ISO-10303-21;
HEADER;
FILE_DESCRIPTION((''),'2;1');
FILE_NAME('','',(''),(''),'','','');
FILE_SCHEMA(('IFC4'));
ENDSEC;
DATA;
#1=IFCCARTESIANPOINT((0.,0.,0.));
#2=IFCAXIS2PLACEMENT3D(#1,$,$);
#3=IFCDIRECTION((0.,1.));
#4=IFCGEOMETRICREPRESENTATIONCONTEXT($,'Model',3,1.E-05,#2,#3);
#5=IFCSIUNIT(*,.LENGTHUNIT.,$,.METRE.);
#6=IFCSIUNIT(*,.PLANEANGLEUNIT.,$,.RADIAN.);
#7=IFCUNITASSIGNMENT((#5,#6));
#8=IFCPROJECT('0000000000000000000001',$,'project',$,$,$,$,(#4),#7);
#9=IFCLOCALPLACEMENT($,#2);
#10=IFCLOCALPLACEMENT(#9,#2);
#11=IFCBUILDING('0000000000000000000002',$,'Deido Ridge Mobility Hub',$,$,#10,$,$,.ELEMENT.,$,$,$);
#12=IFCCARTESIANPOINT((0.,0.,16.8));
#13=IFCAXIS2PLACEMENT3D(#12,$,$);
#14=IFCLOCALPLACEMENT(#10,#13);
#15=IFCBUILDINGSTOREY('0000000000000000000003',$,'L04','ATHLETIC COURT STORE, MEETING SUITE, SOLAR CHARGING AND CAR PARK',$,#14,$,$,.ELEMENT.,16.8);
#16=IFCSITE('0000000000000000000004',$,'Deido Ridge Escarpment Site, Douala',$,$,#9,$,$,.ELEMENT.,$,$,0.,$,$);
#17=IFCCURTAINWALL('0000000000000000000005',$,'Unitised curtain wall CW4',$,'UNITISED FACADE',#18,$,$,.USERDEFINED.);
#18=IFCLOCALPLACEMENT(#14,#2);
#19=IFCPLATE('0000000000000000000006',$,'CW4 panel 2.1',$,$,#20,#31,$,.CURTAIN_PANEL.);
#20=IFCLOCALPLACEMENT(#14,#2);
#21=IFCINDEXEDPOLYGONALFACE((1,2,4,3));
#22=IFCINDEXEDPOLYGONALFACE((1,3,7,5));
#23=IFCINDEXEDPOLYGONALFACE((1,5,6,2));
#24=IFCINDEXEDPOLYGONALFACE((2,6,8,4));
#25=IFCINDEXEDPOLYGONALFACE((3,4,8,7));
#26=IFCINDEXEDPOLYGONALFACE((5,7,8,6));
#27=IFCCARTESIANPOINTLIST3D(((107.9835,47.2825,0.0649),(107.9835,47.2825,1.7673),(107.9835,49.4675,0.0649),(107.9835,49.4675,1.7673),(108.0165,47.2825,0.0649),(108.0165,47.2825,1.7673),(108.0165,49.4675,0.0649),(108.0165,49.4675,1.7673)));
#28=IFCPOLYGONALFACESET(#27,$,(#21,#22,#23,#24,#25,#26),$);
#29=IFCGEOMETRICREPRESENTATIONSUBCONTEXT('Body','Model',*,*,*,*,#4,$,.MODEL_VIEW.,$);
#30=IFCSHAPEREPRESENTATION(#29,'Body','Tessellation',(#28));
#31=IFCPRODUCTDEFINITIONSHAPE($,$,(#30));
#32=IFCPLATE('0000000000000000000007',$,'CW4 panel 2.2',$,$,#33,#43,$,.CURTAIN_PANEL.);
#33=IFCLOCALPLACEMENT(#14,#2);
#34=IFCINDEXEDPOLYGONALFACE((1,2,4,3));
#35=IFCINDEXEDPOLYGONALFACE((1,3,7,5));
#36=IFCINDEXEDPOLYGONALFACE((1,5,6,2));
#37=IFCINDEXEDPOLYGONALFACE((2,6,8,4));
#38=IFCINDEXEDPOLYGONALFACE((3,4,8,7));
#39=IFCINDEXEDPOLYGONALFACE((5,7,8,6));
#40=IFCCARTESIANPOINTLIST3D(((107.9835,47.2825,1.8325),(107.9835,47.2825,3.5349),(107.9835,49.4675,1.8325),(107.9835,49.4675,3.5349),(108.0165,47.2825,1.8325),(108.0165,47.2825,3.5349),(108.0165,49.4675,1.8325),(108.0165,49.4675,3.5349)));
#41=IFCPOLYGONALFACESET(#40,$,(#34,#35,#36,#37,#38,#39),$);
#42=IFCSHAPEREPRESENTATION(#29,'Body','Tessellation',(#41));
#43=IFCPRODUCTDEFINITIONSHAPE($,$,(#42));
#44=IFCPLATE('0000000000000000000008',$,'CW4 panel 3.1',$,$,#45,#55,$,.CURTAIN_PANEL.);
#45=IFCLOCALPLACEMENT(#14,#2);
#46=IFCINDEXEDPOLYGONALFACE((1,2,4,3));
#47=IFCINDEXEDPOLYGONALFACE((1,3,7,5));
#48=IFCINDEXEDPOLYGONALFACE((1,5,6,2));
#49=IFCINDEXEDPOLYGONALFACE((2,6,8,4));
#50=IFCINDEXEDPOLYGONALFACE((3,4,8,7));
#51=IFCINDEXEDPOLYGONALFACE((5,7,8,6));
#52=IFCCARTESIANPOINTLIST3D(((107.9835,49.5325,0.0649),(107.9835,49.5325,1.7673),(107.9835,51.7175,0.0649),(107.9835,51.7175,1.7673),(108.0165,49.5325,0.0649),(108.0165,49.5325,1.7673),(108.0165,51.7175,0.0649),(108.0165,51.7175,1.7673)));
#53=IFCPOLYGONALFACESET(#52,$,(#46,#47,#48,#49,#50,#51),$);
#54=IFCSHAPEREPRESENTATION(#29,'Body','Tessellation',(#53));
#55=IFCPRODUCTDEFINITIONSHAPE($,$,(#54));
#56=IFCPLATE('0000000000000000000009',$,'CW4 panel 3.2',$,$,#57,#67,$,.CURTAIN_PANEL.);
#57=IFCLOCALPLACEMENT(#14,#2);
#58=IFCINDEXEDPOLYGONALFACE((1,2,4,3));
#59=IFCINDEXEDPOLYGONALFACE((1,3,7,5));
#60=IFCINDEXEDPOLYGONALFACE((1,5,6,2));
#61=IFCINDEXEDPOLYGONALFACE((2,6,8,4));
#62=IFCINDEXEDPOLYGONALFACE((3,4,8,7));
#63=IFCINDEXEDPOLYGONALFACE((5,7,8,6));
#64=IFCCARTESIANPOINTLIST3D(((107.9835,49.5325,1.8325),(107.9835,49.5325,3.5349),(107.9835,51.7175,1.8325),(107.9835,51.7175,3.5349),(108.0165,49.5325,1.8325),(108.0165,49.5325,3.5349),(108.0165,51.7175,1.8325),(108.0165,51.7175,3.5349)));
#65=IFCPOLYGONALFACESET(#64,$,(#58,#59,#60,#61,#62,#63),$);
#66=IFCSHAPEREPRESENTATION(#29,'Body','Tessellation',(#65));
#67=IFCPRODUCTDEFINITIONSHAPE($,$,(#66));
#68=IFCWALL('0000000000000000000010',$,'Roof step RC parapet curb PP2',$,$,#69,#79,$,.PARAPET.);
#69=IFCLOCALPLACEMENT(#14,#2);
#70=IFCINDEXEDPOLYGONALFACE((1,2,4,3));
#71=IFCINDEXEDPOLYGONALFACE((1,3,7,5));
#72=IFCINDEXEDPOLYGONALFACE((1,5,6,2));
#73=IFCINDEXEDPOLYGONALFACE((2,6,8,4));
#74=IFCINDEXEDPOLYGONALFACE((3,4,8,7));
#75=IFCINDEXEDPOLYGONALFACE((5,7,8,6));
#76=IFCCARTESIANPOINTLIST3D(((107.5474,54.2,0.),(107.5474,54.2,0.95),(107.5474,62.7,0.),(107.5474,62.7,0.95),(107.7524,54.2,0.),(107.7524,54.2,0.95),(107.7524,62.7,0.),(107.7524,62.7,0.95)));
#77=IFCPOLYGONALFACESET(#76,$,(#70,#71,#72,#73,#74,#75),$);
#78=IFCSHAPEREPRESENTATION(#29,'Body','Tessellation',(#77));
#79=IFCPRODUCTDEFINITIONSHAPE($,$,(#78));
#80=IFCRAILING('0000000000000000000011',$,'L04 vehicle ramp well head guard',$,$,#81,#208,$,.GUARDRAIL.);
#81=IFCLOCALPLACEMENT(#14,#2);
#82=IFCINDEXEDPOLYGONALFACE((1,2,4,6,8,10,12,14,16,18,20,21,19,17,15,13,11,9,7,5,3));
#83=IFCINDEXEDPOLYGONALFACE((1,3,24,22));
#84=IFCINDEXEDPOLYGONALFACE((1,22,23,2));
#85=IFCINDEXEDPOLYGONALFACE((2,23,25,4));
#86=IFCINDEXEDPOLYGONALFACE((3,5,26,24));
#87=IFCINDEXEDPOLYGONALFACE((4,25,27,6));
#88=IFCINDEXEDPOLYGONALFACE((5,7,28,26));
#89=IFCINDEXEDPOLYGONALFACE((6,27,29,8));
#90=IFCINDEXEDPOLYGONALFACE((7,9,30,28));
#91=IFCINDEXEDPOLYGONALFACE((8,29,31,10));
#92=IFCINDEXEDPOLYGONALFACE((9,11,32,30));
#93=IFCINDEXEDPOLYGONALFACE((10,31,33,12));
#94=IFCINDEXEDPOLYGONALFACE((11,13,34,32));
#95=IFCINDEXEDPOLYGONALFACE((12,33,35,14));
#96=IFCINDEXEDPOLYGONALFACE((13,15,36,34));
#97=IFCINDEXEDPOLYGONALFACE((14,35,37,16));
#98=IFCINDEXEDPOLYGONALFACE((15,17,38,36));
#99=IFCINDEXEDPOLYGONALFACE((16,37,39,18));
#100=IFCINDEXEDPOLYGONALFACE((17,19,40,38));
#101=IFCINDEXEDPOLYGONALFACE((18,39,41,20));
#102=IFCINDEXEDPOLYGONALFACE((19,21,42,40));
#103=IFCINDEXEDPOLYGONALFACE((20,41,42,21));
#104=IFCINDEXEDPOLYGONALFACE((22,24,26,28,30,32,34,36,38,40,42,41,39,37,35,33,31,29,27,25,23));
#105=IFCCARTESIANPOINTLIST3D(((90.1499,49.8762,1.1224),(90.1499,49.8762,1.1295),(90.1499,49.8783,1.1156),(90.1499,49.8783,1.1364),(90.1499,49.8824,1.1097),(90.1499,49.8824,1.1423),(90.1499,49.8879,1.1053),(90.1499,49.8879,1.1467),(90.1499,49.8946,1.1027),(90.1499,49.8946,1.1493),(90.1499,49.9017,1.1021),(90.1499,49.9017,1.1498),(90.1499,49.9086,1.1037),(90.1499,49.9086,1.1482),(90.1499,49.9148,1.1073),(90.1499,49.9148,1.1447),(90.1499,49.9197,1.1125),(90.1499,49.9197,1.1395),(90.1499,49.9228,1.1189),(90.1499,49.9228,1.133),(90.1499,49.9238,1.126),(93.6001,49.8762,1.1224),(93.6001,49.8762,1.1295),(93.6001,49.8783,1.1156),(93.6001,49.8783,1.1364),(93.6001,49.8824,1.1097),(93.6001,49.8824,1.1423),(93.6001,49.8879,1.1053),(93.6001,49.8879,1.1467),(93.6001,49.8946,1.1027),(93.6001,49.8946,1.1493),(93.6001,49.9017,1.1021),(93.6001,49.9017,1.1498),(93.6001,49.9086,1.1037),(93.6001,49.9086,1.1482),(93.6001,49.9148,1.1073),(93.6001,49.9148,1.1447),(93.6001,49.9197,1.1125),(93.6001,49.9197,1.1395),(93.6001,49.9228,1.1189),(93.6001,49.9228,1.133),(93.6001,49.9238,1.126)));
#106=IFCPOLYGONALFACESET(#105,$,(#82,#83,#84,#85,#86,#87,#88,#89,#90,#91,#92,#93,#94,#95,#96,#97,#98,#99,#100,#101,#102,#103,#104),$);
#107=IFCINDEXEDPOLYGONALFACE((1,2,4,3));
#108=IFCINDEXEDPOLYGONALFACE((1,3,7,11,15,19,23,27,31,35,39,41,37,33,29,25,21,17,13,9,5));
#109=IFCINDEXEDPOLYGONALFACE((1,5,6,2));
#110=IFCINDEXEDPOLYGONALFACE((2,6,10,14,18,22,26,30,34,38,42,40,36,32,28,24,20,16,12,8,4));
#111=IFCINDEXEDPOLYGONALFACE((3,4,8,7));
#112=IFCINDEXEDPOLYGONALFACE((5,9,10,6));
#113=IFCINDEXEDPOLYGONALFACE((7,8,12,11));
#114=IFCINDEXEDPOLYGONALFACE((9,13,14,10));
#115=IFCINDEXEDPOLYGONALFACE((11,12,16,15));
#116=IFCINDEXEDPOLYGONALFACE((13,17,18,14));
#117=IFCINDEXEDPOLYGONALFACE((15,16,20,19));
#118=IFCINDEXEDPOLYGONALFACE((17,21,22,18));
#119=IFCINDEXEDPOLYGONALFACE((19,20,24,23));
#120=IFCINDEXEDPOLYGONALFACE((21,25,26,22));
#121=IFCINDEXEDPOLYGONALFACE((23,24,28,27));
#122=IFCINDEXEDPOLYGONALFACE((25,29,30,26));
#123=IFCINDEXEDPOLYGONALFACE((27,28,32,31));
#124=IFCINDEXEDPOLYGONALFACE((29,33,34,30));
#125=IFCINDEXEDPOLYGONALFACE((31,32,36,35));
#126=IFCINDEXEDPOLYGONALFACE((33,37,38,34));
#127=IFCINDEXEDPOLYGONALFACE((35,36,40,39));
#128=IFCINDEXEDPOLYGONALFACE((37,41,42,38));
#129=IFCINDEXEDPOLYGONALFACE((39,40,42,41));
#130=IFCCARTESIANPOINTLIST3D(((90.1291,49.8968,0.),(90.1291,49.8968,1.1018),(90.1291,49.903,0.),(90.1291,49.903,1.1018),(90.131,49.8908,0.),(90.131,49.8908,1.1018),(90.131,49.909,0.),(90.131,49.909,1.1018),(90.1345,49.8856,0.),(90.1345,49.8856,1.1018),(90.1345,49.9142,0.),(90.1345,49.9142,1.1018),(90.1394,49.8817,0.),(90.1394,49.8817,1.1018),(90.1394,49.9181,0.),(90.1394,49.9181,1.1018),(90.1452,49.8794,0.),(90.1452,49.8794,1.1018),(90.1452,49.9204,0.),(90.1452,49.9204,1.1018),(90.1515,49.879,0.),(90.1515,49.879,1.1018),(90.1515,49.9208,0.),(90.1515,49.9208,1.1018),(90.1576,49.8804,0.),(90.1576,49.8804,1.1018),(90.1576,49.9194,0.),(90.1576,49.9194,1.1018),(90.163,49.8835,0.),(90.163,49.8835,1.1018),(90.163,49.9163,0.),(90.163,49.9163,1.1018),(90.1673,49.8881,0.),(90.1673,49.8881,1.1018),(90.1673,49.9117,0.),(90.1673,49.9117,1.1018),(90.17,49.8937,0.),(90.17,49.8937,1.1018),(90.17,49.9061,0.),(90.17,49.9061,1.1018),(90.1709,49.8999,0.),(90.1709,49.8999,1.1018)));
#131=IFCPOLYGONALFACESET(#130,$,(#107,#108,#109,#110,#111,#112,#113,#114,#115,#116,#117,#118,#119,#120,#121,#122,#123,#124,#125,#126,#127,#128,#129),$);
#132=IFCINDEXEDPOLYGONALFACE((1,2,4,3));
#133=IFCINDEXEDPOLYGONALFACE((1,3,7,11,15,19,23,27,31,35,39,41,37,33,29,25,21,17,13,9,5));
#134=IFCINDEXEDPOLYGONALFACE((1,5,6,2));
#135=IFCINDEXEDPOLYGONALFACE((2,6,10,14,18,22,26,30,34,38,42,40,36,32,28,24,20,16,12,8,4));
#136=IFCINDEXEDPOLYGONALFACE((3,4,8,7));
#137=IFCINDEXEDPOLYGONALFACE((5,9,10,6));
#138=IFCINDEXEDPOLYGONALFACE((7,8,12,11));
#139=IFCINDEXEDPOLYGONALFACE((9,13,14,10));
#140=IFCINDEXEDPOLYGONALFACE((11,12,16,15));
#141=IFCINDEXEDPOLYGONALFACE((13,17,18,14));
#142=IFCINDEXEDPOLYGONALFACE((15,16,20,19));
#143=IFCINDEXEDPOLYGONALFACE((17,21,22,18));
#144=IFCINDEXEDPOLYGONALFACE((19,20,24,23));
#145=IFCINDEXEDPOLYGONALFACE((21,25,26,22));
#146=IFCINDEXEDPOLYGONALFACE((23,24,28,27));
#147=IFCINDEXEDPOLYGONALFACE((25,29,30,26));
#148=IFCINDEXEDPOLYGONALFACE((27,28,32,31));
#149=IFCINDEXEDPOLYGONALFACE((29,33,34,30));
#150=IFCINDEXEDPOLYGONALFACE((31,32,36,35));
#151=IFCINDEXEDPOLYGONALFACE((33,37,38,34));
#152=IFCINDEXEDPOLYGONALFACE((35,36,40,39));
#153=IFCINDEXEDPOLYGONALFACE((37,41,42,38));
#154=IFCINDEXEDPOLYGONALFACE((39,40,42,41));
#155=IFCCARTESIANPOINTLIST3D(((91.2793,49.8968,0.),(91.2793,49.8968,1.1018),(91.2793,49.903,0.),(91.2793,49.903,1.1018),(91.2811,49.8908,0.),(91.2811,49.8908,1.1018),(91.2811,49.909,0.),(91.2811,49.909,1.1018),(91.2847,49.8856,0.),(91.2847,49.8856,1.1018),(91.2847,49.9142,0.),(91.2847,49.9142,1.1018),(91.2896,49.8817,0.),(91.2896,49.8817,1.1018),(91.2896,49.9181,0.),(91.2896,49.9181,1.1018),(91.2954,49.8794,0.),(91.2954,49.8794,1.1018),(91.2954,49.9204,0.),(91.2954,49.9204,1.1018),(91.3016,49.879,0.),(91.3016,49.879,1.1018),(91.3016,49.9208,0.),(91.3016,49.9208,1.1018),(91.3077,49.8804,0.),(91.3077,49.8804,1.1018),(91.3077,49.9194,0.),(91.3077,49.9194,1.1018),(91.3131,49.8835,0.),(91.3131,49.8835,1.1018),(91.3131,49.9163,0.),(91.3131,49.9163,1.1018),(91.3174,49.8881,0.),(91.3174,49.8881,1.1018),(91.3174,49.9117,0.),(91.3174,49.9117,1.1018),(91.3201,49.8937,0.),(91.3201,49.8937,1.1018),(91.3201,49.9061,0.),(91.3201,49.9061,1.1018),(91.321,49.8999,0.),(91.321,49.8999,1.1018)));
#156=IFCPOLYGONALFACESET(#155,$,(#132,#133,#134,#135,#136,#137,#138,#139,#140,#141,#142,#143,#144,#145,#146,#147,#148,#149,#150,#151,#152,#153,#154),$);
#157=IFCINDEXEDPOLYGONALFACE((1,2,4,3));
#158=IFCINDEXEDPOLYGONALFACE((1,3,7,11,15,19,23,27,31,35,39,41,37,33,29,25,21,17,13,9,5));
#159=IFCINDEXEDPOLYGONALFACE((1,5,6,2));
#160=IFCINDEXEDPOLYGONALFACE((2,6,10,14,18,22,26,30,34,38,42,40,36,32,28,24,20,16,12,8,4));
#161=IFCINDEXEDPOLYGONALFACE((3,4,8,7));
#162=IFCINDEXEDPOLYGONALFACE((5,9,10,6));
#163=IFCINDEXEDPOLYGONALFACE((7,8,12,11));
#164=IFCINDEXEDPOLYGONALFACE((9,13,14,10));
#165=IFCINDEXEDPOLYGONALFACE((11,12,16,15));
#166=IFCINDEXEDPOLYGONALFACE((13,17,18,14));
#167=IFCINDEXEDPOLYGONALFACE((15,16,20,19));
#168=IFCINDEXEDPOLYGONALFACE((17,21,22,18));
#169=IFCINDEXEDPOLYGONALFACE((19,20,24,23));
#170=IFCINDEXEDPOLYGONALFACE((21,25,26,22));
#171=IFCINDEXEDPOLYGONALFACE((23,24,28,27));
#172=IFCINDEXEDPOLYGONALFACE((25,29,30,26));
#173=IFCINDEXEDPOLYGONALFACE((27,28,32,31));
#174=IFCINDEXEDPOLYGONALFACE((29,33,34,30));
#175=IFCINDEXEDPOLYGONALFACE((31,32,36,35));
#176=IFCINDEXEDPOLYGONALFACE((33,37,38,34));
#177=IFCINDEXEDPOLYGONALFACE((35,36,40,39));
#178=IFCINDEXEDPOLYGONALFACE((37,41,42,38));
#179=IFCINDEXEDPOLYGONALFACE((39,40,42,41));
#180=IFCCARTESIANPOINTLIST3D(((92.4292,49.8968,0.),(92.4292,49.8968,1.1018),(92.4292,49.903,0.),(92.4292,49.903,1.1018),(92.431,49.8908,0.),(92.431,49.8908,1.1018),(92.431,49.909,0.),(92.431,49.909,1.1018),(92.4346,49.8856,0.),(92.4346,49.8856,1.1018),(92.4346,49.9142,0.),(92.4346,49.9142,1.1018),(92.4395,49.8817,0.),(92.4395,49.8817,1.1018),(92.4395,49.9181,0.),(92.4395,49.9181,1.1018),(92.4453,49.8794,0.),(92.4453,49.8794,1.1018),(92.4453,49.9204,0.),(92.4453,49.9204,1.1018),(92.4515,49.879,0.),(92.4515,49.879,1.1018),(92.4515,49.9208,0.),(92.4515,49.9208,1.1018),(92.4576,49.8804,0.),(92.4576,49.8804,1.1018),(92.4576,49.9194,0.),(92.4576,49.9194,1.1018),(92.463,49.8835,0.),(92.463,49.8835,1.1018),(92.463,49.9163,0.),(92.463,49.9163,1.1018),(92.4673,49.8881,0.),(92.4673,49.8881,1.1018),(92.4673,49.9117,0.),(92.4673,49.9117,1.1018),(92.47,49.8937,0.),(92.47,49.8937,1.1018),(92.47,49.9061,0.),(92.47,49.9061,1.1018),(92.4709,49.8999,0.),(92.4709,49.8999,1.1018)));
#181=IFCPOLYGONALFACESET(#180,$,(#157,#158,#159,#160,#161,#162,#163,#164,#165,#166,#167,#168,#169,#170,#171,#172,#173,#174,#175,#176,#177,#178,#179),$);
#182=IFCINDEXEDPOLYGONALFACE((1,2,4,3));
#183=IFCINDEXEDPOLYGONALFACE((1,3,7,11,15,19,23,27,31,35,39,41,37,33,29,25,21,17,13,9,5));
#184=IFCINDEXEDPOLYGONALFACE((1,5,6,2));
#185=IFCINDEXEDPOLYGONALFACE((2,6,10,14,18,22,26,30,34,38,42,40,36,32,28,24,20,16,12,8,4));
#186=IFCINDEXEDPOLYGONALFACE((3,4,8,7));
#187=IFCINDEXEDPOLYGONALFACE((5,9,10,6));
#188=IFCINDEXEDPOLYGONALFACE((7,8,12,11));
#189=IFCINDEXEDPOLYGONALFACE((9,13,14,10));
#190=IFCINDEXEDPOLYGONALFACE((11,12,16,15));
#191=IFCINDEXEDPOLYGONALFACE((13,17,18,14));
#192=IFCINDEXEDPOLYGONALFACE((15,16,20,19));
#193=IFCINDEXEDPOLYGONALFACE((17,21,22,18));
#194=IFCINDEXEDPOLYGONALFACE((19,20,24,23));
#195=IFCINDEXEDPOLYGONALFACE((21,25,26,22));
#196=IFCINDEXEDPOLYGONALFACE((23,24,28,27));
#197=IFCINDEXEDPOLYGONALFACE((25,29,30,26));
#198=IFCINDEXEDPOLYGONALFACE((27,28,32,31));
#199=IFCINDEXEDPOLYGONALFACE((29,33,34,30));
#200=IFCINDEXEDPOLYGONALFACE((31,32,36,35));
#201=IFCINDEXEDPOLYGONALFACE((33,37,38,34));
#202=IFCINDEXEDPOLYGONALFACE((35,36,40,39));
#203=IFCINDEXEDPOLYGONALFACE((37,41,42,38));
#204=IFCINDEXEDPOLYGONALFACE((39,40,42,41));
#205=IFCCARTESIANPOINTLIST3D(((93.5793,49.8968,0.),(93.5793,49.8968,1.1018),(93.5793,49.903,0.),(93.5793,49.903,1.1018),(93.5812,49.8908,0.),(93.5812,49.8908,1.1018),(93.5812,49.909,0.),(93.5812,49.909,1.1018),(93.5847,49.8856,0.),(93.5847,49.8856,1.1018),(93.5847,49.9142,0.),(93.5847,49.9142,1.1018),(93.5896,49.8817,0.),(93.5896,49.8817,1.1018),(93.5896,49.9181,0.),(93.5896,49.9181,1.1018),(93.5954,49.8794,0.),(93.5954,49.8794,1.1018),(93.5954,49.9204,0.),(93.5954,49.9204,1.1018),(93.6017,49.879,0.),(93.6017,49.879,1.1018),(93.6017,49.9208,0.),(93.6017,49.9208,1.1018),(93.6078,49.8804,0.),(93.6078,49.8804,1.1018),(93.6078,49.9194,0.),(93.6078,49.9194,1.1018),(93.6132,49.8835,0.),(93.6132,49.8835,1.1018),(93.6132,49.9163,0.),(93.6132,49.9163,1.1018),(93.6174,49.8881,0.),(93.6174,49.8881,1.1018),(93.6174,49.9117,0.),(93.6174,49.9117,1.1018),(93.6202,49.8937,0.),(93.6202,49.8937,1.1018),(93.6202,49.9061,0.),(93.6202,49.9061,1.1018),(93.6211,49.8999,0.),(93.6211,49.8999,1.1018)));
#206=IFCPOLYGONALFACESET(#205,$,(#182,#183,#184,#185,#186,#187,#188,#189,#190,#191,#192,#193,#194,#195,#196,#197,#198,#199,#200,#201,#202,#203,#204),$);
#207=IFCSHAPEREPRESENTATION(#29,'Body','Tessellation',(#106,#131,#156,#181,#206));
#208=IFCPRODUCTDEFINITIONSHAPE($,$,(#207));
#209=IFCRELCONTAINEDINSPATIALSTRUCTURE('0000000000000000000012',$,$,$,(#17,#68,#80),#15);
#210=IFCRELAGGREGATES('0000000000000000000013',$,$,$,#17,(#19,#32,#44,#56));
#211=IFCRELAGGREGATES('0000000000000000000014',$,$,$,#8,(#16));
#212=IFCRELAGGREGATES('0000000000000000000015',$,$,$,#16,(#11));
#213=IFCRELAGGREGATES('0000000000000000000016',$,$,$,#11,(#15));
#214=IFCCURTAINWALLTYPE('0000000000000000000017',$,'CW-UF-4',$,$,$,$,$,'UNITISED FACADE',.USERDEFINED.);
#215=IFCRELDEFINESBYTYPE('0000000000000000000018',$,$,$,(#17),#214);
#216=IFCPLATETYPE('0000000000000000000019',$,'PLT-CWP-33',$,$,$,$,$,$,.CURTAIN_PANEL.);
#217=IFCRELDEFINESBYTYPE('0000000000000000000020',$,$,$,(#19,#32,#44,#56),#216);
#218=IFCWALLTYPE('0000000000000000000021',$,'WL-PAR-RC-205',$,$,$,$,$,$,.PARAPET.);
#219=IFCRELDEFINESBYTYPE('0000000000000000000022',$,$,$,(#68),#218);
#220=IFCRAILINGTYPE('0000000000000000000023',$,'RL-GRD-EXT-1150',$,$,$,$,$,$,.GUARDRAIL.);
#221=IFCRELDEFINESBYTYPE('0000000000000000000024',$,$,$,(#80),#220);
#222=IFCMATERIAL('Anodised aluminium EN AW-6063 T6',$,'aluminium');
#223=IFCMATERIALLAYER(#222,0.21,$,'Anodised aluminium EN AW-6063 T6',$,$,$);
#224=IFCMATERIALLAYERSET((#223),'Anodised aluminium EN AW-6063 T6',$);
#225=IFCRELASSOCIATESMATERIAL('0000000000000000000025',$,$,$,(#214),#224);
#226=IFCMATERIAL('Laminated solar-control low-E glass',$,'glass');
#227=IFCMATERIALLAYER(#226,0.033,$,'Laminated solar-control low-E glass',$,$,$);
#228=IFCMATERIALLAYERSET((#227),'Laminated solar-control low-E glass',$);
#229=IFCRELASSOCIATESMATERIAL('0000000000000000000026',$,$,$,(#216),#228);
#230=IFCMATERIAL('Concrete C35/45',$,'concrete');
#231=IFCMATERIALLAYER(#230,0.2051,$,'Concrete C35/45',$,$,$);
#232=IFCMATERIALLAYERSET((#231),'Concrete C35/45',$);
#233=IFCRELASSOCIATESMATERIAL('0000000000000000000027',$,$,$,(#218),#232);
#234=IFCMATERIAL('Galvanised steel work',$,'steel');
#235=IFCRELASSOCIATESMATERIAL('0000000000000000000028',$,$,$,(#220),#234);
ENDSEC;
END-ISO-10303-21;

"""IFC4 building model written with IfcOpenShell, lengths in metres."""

from ifc_helpers import new_model, si_unit, direction, frame, frame_2d, origin, origin_2d, place, context, subcontext, project, spatial, rectangle, circle, extrude, material, layer, layer_set, type_object, element, aggregate, save


model = new_model("IFC4")

# Units and contexts
model_context = context("Model", 3, precision=1e-05, world=origin(), true_north=direction((0.0, 1.0)))
body_context = subcontext(model_context, "Body", "Model", "MODEL_VIEW")
ifc_project = project(units=[si_unit("LENGTHUNIT", "METRE"), si_unit("PLANEANGLEUNIT", "RADIAN")], contexts=[model_context])

# Site, building, storey
site_placement = place(None, origin())
site = spatial("IfcSite", under=ifc_project, at=site_placement, Name="Deido Ridge Escarpment Site, Douala", CompositionType="ELEMENT", RefElevation=0.0)
building_placement = place(site_placement, origin())
building = spatial("IfcBuilding", under=site, at=building_placement, Name="Deido Ridge Mobility Hub", CompositionType="ELEMENT")
storey_placement = place(building_placement, frame((0.0, 0.0, 16.8)))
storey = spatial("IfcBuildingStorey", under=building, at=storey_placement, Name="L04", Description="ATHLETIC COURT STORE, MEETING SUITE, SOLAR CHARGING AND CAR PARK", CompositionType="ELEMENT", Elevation=16.8)

# Curtain wall, plates
ifc_material_1 = material(Name="Anodised aluminium EN AW-6063 T6", Category="aluminium")
ifc_layer_1 = layer(ifc_material_1, 0.21, Name="Anodised aluminium EN AW-6063 T6")
ifc_layer_set_1 = layer_set([ifc_layer_1], Name="Anodised aluminium EN AW-6063 T6")
curtain_wall_type = type_object("IfcCurtainWallType", Name="CW-UF-4", ElementType="UNITISED FACADE", PredefinedType="USERDEFINED", material=ifc_layer_set_1)
curtain_wall_placement = place(storey_placement, origin())
curtain_wall = element("IfcCurtainWall", 1, at=curtain_wall_placement, inside=storey, type_object=curtain_wall_type, Name="Unitised curtain wall CW4", ObjectType="UNITISED FACADE", PredefinedType="USERDEFINED")
ifc_material_2 = material(Name="Laminated solar-control low-E glass", Category="glass")
ifc_layer_2 = layer(ifc_material_2, 0.033, Name="Laminated solar-control low-E glass")
ifc_layer_set_2 = layer_set([ifc_layer_2], Name="Laminated solar-control low-E glass")
plate_type = type_object("IfcPlateType", Name="PLT-CWP-33", PredefinedType="CURTAIN_PANEL", material=ifc_layer_set_2)
plate_1_placement = place(storey_placement, frame((108.0, 48.375, 0.0649), z_axis=(0.0, 0.0, 1.0), x_axis=(0.0, 1.0, 0.0)))
plate_1 = element("IfcPlate", 2, at=plate_1_placement, type_object=plate_type, Name="CW4 panel 2.1", PredefinedType="CURTAIN_PANEL", context=body_context, shape_type="SweptSolid", body=[
    extrude(rectangle(XDim=2.1851, YDim=0.033, at=origin_2d()), origin(), (0.0, 0.0, 1.0), 1.7024),
])
plate_2_placement = place(storey_placement, frame((108.0, 48.375, 1.8325), z_axis=(0.0, 0.0, 1.0), x_axis=(0.0, 1.0, 0.0)))
plate_2 = element("IfcPlate", 3, at=plate_2_placement, type_object=plate_type, Name="CW4 panel 2.2", PredefinedType="CURTAIN_PANEL", context=body_context, shape_type="SweptSolid", body=[
    extrude(rectangle(XDim=2.1851, YDim=0.033, at=origin_2d()), origin(), (0.0, 0.0, 1.0), 1.7024),
])
plate_3_placement = place(storey_placement, frame((108.0, 50.625, 0.0649), z_axis=(0.0, 0.0, 1.0), x_axis=(0.0, 1.0, 0.0)))
plate_3 = element("IfcPlate", 4, at=plate_3_placement, type_object=plate_type, Name="CW4 panel 3.1", PredefinedType="CURTAIN_PANEL", context=body_context, shape_type="SweptSolid", body=[
    extrude(rectangle(XDim=2.1851, YDim=0.033, at=origin_2d()), origin(), (0.0, 0.0, 1.0), 1.7024),
])
plate_4_placement = place(storey_placement, frame((108.0, 50.625, 1.8325), z_axis=(0.0, 0.0, 1.0), x_axis=(0.0, 1.0, 0.0)))
plate_4 = element("IfcPlate", 5, at=plate_4_placement, type_object=plate_type, Name="CW4 panel 3.2", PredefinedType="CURTAIN_PANEL", context=body_context, shape_type="SweptSolid", body=[
    extrude(rectangle(XDim=2.1851, YDim=0.033, at=origin_2d()), origin(), (0.0, 0.0, 1.0), 1.7024),
])
aggregate(curtain_wall, [plate_1, plate_2, plate_3, plate_4])

# Wall
ifc_material_3 = material(Name="Concrete C35/45", Category="concrete")
ifc_layer_3 = layer(ifc_material_3, 0.2051, Name="Concrete C35/45")
ifc_layer_set_3 = layer_set([ifc_layer_3], Name="Concrete C35/45")
wall_type = type_object("IfcWallType", Name="WL-PAR-RC-205", PredefinedType="PARAPET", material=ifc_layer_set_3)
wall_placement = place(storey_placement, frame((107.6499, 54.2, 0.0), z_axis=(0.0, 0.0, 1.0), x_axis=(0.0, 1.0, 0.0)))
element("IfcWall", 6, at=wall_placement, inside=storey, type_object=wall_type, Name="Roof step RC parapet curb PP2", PredefinedType="PARAPET", context=body_context, shape_type="SweptSolid", body=[
    extrude(rectangle(XDim=8.5, YDim=0.2051, at=frame_2d((4.25, 0.0))), origin(), (0.0, 0.0, 1.0), 0.95),
])

# Railing
ifc_material_4 = material(Name="Galvanised steel work", Category="steel")
railing_type = type_object("IfcRailingType", Name="RL-GRD-EXT-1150", PredefinedType="GUARDRAIL", material=ifc_material_4)
railing_1_placement = place(storey_placement, frame((90.1499, 49.8999, 0.0)))
element("IfcRailing", 7, at=railing_1_placement, inside=storey, type_object=railing_type, Name="L04 vehicle ramp well head guard", PredefinedType="GUARDRAIL", context=body_context, shape_type="SweptSolid", body=[
    extrude(circle(Radius=0.0239, at=origin_2d()), frame((0.0, 0.0, 1.126), z_axis=(1.0, 0.0, 0.0), x_axis=(0.0, 1.0, 0.0)), (0.0, 0.0, 1.0), 3.4502),
    extrude(circle(Radius=0.021, at=origin_2d()), origin(), (0.0, 0.0, 1.0), 1.1018),
    extrude(circle(Radius=0.021, at=origin_2d()), frame((1.1501, 0.0, 0.0)), (0.0, 0.0, 1.0), 1.1018),
    extrude(circle(Radius=0.021, at=origin_2d()), frame((2.3, 0.0, 0.0)), (0.0, 0.0, 1.0), 1.1018),
    extrude(circle(Radius=0.021, at=origin_2d()), frame((3.4502, 0.0, 0.0)), (0.0, 0.0, 1.0), 1.1018),
])

save(model, "model.ifc")
